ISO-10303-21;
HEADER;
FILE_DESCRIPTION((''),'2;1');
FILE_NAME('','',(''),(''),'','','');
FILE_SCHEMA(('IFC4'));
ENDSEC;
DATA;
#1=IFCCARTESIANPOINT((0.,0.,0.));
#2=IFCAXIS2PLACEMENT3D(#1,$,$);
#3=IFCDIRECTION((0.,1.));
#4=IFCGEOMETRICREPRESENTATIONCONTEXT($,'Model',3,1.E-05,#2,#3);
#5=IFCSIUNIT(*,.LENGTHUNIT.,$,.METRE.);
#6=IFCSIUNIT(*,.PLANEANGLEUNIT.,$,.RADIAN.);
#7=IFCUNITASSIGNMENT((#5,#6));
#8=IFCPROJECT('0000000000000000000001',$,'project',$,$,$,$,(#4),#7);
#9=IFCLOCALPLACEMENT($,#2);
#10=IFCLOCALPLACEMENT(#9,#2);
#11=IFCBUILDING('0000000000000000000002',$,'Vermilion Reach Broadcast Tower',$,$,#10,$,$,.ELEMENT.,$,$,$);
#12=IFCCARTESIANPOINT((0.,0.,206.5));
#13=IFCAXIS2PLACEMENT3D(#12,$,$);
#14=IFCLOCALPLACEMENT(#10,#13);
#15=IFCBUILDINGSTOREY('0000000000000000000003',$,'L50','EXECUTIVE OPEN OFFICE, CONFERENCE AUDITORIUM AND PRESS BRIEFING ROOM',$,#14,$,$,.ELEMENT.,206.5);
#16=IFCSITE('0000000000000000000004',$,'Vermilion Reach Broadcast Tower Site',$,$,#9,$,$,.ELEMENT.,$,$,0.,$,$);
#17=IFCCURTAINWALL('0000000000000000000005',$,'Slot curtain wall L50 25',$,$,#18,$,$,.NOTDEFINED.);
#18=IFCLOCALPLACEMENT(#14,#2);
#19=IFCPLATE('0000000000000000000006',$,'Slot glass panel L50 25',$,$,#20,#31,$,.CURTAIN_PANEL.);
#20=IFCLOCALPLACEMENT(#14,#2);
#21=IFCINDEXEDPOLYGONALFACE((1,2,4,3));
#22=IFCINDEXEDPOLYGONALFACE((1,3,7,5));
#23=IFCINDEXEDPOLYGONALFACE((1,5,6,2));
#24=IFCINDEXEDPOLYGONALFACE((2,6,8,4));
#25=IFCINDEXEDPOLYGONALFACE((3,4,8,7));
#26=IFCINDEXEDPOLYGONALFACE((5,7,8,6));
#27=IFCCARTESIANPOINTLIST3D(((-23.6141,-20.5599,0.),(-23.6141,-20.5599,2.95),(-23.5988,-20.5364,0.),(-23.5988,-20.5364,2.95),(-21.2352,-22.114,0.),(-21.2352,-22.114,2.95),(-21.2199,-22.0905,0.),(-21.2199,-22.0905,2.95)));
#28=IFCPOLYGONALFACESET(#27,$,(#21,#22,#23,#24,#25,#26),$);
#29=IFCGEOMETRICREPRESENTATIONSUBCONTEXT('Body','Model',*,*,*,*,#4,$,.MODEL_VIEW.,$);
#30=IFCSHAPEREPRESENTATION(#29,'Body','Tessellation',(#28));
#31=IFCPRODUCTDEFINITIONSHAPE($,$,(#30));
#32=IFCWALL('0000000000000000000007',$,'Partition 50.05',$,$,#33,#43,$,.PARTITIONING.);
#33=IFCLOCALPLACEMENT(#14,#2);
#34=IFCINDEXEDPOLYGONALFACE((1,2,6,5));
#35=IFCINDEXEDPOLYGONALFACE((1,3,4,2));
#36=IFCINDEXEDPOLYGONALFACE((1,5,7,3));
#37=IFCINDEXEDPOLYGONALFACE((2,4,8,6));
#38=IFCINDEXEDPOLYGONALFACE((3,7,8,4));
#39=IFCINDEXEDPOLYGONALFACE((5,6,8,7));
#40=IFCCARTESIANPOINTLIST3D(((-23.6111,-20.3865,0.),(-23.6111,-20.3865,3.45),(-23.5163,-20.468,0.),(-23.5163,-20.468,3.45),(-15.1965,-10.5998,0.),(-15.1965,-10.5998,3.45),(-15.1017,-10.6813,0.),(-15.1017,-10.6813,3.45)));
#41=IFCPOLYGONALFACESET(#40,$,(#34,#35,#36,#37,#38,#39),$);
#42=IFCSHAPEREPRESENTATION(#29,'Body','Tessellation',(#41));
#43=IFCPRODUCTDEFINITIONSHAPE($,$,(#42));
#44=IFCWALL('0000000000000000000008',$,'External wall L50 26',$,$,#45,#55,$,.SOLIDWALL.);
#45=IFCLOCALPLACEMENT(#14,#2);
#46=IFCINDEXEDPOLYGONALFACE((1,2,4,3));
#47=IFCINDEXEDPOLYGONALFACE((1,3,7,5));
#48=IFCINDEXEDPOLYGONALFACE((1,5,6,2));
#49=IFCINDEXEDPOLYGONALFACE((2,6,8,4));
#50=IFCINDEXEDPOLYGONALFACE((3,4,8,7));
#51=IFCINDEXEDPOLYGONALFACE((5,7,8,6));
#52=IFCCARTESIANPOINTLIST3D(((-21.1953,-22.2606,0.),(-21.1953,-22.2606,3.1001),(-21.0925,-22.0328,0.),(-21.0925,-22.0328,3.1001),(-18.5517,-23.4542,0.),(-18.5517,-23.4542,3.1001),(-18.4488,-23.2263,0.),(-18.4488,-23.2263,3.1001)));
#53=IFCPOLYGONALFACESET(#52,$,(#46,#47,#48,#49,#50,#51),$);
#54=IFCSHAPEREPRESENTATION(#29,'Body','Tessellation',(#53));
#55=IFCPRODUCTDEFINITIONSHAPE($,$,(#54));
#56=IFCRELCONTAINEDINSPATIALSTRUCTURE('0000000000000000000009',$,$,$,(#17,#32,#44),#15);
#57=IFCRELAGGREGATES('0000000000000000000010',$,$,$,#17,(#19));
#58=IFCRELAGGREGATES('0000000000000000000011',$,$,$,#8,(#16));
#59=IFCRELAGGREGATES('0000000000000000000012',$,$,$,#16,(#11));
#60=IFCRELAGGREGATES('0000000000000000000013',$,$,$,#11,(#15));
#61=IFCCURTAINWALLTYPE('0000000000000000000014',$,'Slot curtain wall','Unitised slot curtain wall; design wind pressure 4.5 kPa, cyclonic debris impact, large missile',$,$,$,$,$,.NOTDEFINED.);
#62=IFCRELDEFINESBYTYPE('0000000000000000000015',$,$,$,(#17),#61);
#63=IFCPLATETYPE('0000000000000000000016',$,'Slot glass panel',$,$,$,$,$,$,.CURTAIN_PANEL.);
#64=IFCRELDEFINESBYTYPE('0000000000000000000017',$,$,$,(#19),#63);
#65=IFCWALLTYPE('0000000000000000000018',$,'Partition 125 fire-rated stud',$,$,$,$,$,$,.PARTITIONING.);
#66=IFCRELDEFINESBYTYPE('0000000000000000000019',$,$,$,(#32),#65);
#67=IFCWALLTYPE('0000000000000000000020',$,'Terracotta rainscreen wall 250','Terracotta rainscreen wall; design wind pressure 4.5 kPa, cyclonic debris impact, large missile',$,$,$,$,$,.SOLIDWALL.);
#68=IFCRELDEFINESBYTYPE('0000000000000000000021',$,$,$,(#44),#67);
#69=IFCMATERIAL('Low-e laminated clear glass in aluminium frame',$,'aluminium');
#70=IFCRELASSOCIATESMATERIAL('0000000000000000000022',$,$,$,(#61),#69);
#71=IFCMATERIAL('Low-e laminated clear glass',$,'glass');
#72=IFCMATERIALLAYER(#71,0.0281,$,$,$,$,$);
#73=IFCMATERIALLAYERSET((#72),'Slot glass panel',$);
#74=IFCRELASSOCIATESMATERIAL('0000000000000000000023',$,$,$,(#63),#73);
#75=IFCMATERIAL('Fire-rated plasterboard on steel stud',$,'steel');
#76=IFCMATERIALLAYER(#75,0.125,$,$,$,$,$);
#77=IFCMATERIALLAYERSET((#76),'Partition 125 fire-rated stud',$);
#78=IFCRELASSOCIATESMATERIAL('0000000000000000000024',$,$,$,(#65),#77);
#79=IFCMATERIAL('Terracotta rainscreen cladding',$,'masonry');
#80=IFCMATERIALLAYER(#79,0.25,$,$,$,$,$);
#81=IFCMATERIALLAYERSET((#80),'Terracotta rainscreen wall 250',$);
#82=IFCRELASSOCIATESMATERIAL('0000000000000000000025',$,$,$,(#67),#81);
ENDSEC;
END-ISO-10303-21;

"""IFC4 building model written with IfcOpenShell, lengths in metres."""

from ifc_helpers import new_model, si_unit, direction, frame, frame_2d, origin, origin_2d, place, context, subcontext, project, spatial, rectangle, extrude, material, layer, layer_set, type_object, element, aggregate, save


model = new_model("IFC4")

# Units and contexts
model_context = context("Model", 3, precision=1e-05, world=origin(), true_north=direction((0.0, 1.0)))
body_context = subcontext(model_context, "Body", "Model", "MODEL_VIEW")
ifc_project = project(units=[si_unit("LENGTHUNIT", "METRE"), si_unit("PLANEANGLEUNIT", "RADIAN")], contexts=[model_context])

# Site, building, storey
site_placement = place(None, origin())
site = spatial("IfcSite", under=ifc_project, at=site_placement, Name="Vermilion Reach Broadcast Tower Site", CompositionType="ELEMENT", RefElevation=0.0)
building_placement = place(site_placement, origin())
building = spatial("IfcBuilding", under=site, at=building_placement, Name="Vermilion Reach Broadcast Tower", CompositionType="ELEMENT")
storey_placement = place(building_placement, frame((0.0, 0.0, 206.5)))
storey = spatial("IfcBuildingStorey", under=building, at=storey_placement, Name="L50", Description="EXECUTIVE OPEN OFFICE, CONFERENCE AUDITORIUM AND PRESS BRIEFING ROOM", CompositionType="ELEMENT", Elevation=206.5)

# Shared definitions
ifc_material_1 = material(Name="Low-e laminated clear glass in aluminium frame", Category="aluminium")
curtain_wall_type = type_object("IfcCurtainWallType", Name="Slot curtain wall", Description="Unitised slot curtain wall; design wind pressure 4.5 kPa, cyclonic debris impact, large missile", PredefinedType="NOTDEFINED", material=ifc_material_1)
placement = place(storey_placement, origin())

# Curtain wall
curtain_wall_1 = element("IfcCurtainWall", 1, at=placement, inside=storey, type_object=curtain_wall_type, Name="Slot curtain wall L50 25", PredefinedType="NOTDEFINED")

# Plate
ifc_material_2 = material(Name="Low-e laminated clear glass", Category="glass")
ifc_layer_1 = layer(ifc_material_2, 0.0281)
ifc_layer_set_1 = layer_set([ifc_layer_1], Name="Slot glass panel")
plate_type = type_object("IfcPlateType", Name="Slot glass panel", PredefinedType="CURTAIN_PANEL", material=ifc_layer_set_1)
plate_1_placement = place(storey_placement, frame((-22.417, -21.3252, 0.0), z_axis=(0.0, 0.0, 1.0), x_axis=(0.83719, -0.546912, 0.0)))
plate_1 = element("IfcPlate", 2, at=plate_1_placement, type_object=plate_type, Name="Slot glass panel L50 25", PredefinedType="CURTAIN_PANEL", context=body_context, shape_type="SweptSolid", body=[
    extrude(rectangle(XDim=2.8416, YDim=0.0281, at=origin_2d()), origin(), (0.0, 0.0, 1.0), 2.95),
])
aggregate(curtain_wall_1, [plate_1])

# Walls
ifc_material_3 = material(Name="Fire-rated plasterboard on steel stud", Category="steel")
ifc_layer_2 = layer(ifc_material_3, 0.125)
ifc_layer_set_2 = layer_set([ifc_layer_2], Name="Partition 125 fire-rated stud")
wall_type_1 = type_object("IfcWallType", Name="Partition 125 fire-rated stud", PredefinedType="PARTITIONING", material=ifc_layer_set_2)
wall_1_placement = place(storey_placement, frame((-23.5637, -20.4272, 0.0), z_axis=(0.0, 0.0, 1.0), x_axis=(0.651953, 0.75826, 0.0)))
element("IfcWall", 3, at=wall_1_placement, inside=storey, type_object=wall_type_1, Name="Partition 50.05", PredefinedType="PARTITIONING", context=body_context, shape_type="SweptSolid", body=[
    extrude(rectangle(XDim=12.9067, YDim=0.125, at=frame_2d((6.4534, 0.0))), origin(), (0.0, 0.0, 1.0), 3.45),
])
ifc_material_4 = material(Name="Terracotta rainscreen cladding", Category="masonry")
ifc_layer_3 = layer(ifc_material_4, 0.25)
ifc_layer_set_3 = layer_set([ifc_layer_3], Name="Terracotta rainscreen wall 250")
wall_type_2 = type_object("IfcWallType", Name="Terracotta rainscreen wall 250", Description="Terracotta rainscreen wall; design wind pressure 4.5 kPa, cyclonic debris impact, large missile", PredefinedType="SOLIDWALL", material=ifc_layer_set_3)
wall_2_placement = place(storey_placement, frame((-21.1438, -22.1467, 0.0), z_axis=(0.0, 0.0, 1.0), x_axis=(0.911418, -0.411481, 0.0)))
element("IfcWall", 4, at=wall_2_placement, inside=storey, type_object=wall_type_2, Name="External wall L50 26", PredefinedType="SOLIDWALL", context=body_context, shape_type="SweptSolid", body=[
    extrude(rectangle(XDim=2.9006, YDim=0.25, at=frame_2d((1.4502, 0.0))), origin(), (0.0, 0.0, 1.0), 3.1001),
])

save(model, "model.ifc")
